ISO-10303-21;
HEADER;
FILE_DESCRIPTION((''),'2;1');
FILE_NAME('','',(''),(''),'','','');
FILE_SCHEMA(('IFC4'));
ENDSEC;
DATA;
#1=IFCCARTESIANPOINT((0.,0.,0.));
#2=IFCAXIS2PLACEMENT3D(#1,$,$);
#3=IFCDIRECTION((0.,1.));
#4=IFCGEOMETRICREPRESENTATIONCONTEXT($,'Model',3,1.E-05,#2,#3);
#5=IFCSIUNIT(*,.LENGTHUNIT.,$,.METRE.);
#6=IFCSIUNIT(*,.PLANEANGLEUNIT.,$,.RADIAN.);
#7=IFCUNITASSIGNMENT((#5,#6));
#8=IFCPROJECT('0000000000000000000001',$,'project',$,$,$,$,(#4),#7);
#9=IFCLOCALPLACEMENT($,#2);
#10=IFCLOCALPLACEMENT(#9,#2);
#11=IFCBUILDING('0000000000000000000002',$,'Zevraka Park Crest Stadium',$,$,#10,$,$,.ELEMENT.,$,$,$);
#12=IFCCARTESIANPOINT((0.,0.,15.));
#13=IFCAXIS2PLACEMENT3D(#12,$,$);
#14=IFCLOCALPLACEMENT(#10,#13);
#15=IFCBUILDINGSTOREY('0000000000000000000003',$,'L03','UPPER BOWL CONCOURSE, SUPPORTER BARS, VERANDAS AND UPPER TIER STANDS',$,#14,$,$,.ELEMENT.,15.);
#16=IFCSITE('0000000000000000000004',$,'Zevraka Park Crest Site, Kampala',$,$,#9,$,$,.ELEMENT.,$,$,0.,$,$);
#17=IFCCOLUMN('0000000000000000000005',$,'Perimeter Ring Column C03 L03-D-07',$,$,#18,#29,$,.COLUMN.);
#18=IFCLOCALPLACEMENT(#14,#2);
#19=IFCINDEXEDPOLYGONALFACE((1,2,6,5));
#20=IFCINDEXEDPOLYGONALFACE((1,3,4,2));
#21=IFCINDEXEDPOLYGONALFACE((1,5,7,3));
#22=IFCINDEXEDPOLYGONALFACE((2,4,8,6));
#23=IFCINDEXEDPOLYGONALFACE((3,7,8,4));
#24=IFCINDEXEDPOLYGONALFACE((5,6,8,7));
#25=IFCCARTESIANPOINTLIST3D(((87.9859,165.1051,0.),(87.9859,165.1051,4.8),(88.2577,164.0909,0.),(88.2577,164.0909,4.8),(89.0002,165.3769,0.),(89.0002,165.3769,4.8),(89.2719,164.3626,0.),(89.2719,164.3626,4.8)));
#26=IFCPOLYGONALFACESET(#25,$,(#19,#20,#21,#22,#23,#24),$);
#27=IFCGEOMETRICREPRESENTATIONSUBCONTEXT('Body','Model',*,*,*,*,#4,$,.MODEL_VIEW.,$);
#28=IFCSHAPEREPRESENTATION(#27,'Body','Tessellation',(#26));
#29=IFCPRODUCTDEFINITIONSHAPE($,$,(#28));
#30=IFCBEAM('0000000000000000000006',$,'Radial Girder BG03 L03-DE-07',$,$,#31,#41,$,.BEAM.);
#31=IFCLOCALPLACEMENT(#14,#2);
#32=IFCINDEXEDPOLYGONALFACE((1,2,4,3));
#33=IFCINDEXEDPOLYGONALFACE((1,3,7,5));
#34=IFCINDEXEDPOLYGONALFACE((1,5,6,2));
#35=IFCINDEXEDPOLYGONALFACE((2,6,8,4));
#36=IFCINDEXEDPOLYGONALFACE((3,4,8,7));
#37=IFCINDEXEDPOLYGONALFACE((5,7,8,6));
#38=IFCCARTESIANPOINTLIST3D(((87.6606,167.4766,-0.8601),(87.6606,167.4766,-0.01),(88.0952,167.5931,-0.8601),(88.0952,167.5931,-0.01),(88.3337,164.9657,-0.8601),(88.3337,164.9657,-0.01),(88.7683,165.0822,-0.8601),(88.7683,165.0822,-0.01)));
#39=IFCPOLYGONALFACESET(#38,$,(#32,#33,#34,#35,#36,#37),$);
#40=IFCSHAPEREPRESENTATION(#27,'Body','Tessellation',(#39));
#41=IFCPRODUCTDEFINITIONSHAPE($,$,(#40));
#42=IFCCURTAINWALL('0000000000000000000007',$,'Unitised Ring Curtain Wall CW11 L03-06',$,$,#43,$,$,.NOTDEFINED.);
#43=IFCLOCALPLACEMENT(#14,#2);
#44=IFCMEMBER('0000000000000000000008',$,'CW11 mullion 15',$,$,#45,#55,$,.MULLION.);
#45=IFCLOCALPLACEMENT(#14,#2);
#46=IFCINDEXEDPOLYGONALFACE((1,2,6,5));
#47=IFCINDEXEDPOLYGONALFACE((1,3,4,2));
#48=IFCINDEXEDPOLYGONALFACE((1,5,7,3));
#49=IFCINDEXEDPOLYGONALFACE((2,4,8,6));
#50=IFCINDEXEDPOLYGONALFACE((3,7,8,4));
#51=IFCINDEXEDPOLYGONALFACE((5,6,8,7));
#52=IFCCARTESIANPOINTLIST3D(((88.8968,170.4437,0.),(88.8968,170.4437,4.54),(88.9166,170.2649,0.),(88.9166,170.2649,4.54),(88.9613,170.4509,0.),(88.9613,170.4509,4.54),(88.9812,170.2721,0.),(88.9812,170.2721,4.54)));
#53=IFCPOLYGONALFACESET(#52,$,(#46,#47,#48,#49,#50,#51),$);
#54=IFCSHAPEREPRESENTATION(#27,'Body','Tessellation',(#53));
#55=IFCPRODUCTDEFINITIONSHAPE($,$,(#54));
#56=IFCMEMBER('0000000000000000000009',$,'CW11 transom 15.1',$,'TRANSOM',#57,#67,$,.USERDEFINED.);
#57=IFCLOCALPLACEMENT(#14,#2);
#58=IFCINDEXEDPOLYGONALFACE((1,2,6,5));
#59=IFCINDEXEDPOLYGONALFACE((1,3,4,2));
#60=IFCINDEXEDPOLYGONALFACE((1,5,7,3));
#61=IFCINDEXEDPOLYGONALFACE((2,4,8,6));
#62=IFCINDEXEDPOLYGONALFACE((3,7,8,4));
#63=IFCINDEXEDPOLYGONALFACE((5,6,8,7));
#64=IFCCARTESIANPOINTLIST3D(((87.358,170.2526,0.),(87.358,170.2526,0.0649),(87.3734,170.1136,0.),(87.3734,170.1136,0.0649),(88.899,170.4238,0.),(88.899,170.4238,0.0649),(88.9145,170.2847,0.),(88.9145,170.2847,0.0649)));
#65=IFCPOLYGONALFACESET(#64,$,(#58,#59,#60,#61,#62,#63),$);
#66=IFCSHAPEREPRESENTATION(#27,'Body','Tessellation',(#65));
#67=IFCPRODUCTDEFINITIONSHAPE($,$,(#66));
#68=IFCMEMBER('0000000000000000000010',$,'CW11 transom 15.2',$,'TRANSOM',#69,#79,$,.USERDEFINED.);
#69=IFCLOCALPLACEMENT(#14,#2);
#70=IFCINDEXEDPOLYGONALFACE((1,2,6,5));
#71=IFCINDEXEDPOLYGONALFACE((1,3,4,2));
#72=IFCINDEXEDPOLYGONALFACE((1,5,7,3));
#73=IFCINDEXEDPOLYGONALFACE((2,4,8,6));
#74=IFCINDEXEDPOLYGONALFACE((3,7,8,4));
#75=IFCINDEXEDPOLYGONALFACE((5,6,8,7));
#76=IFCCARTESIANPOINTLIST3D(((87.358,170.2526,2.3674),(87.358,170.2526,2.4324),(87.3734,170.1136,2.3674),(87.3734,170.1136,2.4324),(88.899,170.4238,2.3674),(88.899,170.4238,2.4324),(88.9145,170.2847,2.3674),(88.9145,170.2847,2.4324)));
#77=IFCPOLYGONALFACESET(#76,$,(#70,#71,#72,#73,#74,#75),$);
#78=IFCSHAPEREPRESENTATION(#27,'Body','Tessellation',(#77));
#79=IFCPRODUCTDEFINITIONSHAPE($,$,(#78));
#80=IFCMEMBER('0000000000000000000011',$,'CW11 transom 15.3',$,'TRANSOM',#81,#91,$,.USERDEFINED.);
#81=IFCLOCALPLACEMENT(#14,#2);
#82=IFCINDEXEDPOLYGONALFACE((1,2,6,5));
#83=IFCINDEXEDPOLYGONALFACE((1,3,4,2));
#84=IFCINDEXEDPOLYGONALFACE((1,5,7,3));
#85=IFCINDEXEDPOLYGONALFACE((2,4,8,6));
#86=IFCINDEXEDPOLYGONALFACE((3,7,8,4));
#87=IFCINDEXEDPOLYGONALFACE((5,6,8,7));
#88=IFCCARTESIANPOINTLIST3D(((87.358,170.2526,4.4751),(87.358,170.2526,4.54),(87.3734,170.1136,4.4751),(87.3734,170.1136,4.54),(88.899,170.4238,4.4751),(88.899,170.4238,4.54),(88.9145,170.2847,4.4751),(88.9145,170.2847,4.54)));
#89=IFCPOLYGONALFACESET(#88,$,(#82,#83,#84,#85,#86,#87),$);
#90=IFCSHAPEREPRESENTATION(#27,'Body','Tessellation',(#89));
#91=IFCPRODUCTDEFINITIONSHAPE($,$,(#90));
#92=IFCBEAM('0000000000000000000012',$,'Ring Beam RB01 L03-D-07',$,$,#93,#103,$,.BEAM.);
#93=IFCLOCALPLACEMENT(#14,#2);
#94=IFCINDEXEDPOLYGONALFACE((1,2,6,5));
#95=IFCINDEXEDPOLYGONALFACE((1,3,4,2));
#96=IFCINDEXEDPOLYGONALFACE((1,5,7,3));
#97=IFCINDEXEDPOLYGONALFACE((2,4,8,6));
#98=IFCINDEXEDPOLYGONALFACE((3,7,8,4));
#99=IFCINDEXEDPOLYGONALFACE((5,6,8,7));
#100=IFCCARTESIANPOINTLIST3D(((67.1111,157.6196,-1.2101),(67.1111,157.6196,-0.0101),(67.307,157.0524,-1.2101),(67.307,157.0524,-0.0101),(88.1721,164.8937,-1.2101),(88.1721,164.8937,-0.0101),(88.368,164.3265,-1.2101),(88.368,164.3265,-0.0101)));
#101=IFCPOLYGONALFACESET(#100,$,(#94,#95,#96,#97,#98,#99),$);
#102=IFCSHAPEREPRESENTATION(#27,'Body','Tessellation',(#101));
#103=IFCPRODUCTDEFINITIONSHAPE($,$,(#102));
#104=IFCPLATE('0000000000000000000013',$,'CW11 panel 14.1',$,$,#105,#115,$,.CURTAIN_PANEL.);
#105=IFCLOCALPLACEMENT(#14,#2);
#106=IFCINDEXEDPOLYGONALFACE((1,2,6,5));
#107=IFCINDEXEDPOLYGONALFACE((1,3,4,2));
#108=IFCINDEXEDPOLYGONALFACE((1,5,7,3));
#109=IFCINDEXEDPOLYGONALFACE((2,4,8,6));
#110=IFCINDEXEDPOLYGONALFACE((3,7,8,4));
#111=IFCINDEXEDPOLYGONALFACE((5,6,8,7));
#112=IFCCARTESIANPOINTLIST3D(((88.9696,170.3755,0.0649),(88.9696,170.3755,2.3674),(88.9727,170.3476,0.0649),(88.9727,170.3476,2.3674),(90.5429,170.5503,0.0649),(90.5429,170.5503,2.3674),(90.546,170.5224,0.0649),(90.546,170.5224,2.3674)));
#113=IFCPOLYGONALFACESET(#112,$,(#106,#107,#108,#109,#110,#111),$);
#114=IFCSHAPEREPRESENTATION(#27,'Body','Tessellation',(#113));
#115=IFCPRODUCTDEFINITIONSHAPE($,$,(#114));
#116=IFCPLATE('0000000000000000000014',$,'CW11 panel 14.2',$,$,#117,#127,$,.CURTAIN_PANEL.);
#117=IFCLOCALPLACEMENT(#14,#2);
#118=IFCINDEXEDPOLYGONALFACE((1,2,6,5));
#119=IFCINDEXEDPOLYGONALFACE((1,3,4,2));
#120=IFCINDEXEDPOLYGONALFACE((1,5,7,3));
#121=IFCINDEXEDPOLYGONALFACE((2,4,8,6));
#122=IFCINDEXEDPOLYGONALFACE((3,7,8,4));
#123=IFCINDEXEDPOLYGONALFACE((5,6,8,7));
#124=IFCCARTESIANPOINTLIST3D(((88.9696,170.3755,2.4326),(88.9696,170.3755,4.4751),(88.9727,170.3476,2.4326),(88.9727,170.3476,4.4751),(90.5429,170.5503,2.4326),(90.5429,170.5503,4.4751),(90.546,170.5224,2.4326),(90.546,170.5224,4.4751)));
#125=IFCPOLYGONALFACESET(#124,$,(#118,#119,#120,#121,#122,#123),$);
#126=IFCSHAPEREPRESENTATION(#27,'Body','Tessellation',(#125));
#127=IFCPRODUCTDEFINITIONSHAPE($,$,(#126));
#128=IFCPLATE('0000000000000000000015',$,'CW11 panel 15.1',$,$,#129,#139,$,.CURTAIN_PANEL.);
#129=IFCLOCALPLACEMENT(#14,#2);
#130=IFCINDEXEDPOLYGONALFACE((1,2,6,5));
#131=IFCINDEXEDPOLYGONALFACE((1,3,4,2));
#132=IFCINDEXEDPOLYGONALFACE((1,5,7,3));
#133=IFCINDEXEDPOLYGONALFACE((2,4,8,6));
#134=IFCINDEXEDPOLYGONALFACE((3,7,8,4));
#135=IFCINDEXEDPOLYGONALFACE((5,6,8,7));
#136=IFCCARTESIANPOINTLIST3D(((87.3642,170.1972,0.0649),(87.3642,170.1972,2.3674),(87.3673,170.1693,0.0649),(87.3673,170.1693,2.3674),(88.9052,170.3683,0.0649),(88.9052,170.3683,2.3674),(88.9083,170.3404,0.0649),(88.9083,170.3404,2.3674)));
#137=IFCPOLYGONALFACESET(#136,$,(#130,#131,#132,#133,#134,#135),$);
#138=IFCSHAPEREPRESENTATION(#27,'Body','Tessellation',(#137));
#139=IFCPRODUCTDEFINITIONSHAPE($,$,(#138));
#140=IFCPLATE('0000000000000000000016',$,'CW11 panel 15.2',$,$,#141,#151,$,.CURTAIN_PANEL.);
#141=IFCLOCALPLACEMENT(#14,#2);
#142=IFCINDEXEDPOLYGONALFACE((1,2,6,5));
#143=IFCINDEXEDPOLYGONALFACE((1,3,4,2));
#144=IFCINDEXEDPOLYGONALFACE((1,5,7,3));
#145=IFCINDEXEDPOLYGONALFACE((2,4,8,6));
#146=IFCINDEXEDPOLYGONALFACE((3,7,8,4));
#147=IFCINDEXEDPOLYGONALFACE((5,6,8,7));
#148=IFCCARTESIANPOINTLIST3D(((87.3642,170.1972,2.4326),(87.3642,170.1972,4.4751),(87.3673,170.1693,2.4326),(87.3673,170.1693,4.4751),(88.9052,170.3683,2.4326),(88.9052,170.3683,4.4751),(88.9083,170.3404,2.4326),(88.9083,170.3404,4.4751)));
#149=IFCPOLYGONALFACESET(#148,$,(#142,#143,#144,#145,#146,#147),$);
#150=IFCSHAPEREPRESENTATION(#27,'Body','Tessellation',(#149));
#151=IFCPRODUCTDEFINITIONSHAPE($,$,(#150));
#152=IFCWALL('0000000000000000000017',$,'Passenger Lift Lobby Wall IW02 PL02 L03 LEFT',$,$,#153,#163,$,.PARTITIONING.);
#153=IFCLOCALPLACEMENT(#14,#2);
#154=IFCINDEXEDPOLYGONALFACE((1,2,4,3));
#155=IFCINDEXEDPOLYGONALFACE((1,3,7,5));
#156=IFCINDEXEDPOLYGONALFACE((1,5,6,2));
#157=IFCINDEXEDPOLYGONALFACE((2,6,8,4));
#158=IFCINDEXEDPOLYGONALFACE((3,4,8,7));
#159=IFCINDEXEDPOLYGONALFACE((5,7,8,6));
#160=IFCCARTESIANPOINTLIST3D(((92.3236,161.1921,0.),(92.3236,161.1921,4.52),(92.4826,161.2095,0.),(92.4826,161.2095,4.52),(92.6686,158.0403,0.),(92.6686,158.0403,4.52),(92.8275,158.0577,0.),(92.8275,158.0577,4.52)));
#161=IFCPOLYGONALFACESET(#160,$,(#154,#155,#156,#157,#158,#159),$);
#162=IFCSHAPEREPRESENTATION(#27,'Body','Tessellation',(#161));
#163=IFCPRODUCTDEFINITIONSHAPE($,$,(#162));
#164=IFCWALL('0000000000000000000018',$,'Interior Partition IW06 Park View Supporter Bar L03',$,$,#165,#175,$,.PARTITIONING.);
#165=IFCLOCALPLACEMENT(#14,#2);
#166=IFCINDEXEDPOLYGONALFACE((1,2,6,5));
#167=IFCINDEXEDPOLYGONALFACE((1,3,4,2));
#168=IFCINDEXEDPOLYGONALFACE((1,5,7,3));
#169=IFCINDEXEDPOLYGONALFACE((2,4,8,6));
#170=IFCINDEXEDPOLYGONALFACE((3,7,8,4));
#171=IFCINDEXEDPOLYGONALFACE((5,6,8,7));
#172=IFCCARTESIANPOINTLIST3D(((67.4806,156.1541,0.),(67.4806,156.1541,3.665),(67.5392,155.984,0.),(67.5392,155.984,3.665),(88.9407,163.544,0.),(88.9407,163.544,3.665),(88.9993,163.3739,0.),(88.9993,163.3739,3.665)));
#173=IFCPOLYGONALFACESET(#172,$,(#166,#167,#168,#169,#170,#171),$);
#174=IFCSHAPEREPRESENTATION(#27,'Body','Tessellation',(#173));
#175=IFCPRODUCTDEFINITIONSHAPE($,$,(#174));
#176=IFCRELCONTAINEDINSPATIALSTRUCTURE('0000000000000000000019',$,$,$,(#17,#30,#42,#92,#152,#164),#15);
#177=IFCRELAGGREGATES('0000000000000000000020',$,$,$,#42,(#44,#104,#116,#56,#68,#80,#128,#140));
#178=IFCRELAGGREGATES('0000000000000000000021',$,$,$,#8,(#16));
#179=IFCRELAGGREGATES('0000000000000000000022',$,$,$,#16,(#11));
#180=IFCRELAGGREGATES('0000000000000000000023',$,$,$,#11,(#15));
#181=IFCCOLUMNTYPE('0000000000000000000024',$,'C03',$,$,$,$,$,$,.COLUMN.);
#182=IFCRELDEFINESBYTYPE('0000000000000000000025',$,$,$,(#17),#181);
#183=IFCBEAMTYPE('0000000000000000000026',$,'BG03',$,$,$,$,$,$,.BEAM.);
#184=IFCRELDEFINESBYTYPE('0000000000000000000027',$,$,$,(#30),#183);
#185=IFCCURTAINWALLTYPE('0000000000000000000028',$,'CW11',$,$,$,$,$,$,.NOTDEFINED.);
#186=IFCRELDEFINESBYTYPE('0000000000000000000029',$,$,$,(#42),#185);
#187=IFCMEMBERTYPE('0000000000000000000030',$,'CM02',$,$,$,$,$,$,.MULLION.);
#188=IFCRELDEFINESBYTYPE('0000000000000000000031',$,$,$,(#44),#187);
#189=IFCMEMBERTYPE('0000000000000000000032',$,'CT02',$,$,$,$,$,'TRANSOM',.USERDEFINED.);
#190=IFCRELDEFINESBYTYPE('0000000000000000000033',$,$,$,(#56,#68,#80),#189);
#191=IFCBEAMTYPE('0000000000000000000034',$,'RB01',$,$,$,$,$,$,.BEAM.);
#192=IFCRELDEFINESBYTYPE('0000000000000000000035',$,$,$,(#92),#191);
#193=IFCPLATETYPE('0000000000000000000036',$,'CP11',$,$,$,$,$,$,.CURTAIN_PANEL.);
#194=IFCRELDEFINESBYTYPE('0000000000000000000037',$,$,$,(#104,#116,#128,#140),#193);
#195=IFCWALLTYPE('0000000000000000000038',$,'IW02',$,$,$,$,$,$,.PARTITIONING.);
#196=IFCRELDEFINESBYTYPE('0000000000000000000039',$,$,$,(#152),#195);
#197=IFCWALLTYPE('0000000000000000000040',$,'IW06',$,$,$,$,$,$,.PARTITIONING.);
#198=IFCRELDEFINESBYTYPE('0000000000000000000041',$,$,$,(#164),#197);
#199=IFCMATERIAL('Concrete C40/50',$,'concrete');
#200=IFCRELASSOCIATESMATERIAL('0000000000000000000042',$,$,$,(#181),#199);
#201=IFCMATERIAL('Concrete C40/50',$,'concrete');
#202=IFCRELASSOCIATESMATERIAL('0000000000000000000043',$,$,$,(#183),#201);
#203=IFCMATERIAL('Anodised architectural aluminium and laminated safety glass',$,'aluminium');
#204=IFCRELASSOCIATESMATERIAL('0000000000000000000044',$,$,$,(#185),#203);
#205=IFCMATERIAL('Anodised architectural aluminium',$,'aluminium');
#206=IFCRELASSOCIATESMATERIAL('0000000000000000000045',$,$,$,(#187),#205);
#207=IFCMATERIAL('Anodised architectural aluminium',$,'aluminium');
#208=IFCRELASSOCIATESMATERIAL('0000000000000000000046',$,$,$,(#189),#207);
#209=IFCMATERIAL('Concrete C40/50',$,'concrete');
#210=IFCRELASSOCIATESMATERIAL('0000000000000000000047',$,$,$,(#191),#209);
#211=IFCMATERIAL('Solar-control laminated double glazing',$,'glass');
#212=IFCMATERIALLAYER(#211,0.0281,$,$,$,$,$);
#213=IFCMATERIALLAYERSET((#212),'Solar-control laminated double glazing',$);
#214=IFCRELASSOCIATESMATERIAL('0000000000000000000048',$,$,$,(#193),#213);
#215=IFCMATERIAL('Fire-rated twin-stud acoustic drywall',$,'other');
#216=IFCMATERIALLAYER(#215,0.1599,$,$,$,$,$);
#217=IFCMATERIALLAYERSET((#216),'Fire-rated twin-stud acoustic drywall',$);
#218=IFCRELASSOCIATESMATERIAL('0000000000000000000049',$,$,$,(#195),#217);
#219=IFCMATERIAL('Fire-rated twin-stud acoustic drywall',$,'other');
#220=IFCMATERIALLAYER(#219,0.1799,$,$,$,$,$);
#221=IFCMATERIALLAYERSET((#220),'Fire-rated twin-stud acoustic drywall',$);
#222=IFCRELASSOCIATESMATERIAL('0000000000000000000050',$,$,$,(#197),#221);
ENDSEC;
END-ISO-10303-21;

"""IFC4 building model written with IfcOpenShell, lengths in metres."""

from ifc_helpers import new_model, si_unit, direction, frame, frame_2d, origin, origin_2d, place, context, subcontext, project, spatial, rectangle, extrude, material, layer, layer_set, material_profile, profile_set, type_object, element, aggregate, save


model = new_model("IFC4")

# Units and contexts
model_context = context("Model", 3, precision=1e-05, world=origin(), true_north=direction((0.0, 1.0)))
body_context = subcontext(model_context, "Body", "Model", "MODEL_VIEW")
ifc_project = project(units=[si_unit("LENGTHUNIT", "METRE"), si_unit("PLANEANGLEUNIT", "RADIAN")], contexts=[model_context])

# Site, building, storey
site_placement = place(None, origin())
site = spatial("IfcSite", under=ifc_project, at=site_placement, Name="Zevraka Park Crest Site, Kampala", CompositionType="ELEMENT", RefElevation=0.0)
building_placement = place(site_placement, origin())
building = spatial("IfcBuilding", under=site, at=building_placement, Name="Zevraka Park Crest Stadium", CompositionType="ELEMENT")
storey_placement = place(building_placement, frame((0.0, 0.0, 15.0)))
storey = spatial("IfcBuildingStorey", under=building, at=storey_placement, Name="L03", Description="UPPER BOWL CONCOURSE, SUPPORTER BARS, VERANDAS AND UPPER TIER STANDS", CompositionType="ELEMENT", Elevation=15.0)

# Column
ifc_material_1 = material(Name="Concrete C40/50", Category="concrete")
ifc_material_profile_1 = material_profile(ifc_material_1, rectangle(XDim=1.05, YDim=1.05, at=origin_2d()), Name="RC 1050x1050")
ifc_profile_set_1 = profile_set([ifc_material_profile_1], Name="Concrete C40/50")
column_type = type_object("IfcColumnType", Name="C03", PredefinedType="COLUMN", material=ifc_profile_set_1)
column_placement = place(storey_placement, frame((88.6289, 164.7339, 0.0), z_axis=(0.0, 0.0, 1.0), x_axis=(-0.258819, 0.965926, 0.0)))
element("IfcColumn", 1, at=column_placement, inside=storey, type_object=column_type, Name="Perimeter Ring Column C03 L03-D-07", PredefinedType="COLUMN", context=body_context, shape_type="SweptSolid", body=[
    extrude(rectangle(XDim=1.05, YDim=1.05, at=origin_2d()), origin(), (0.0, 0.0, 1.0), 4.8),
])

# Beam
ifc_material_2 = material(Name="Concrete C40/50", Category="concrete")
ifc_material_profile_2 = material_profile(ifc_material_2, rectangle(XDim=0.45, YDim=0.8501, at=origin_2d()), Name="RC 850x450")
ifc_profile_set_2 = profile_set([ifc_material_profile_2], Name="Concrete C40/50")
beam_type_1 = type_object("IfcBeamType", Name="BG03", PredefinedType="BEAM", material=ifc_profile_set_2)
beam_1_placement = place(storey_placement, frame((88.551, 165.0239, -0.4351), z_axis=(-0.258919, 0.965899, 0.0), x_axis=(-0.965899, -0.258919, 0.0)))
element("IfcBeam", 2, at=beam_1_placement, inside=storey, type_object=beam_type_1, Name="Radial Girder BG03 L03-DE-07", PredefinedType="BEAM", context=body_context, shape_type="SweptSolid", body=[
    extrude(rectangle(XDim=0.45, YDim=0.8501, at=origin_2d()), origin(), (0.0, 0.0, 1.0), 2.5996),
])

# Curtain wall, members
ifc_material_3 = material(Name="Anodised architectural aluminium and laminated safety glass", Category="aluminium")
curtain_wall_type = type_object("IfcCurtainWallType", Name="CW11", PredefinedType="NOTDEFINED", material=ifc_material_3)
curtain_wall_placement = place(storey_placement, origin())
curtain_wall = element("IfcCurtainWall", 3, at=curtain_wall_placement, inside=storey, type_object=curtain_wall_type, Name="Unitised Ring Curtain Wall CW11 L03-06", PredefinedType="NOTDEFINED")
ifc_material_4 = material(Name="Anodised architectural aluminium", Category="aluminium")
ifc_material_profile_3 = material_profile(ifc_material_4, rectangle(XDim=0.1799, YDim=0.0649, at=origin_2d()), Name="ALU MULLION 180x65")
ifc_profile_set_3 = profile_set([ifc_material_profile_3], Name="Anodised architectural aluminium")
member_type_1 = type_object("IfcMemberType", Name="CM02", PredefinedType="MULLION", material=ifc_profile_set_3)
member_1_placement = place(storey_placement, frame((88.939, 170.3579, 0.0), z_axis=(0.0, 0.0, 1.0), x_axis=(0.110396, -0.993888, 0.0)))
member_1 = element("IfcMember", 4, at=member_1_placement, type_object=member_type_1, Name="CW11 mullion 15", PredefinedType="MULLION", context=body_context, shape_type="SweptSolid", body=[
    extrude(rectangle(XDim=0.1799, YDim=0.0649, at=origin_2d()), origin(), (0.0, 0.0, 1.0), 4.54),
])
ifc_material_5 = material(Name="Anodised architectural aluminium", Category="aluminium")
ifc_material_profile_4 = material_profile(ifc_material_5, rectangle(XDim=0.1399, YDim=0.0649, at=origin_2d()), Name="ALU TRANSOM 140x65")
ifc_profile_set_4 = profile_set([ifc_material_profile_4], Name="Anodised architectural aluminium")
member_type_2 = type_object("IfcMemberType", Name="CT02", ElementType="TRANSOM", PredefinedType="USERDEFINED", material=ifc_profile_set_4)
member_2_placement = place(storey_placement, frame((88.9067, 170.3542, 0.0325), z_axis=(-0.993889, -0.11038, 0.0), x_axis=(0.11038, -0.993889, 0.0)))
member_2 = element("IfcMember", 5, at=member_2_placement, type_object=member_type_2, Name="CW11 transom 15.1", ObjectType="TRANSOM", PredefinedType="USERDEFINED", context=body_context, shape_type="SweptSolid", body=[
    extrude(rectangle(XDim=0.1399, YDim=0.0649, at=origin_2d()), origin(), (0.0, 0.0, 1.0), 1.5505),
])
member_3_placement = place(storey_placement, frame((88.9067, 170.3542, 2.3999), z_axis=(-0.993889, -0.11038, 0.0), x_axis=(0.11038, -0.993889, 0.0)))
member_3 = element("IfcMember", 6, at=member_3_placement, type_object=member_type_2, Name="CW11 transom 15.2", ObjectType="TRANSOM", PredefinedType="USERDEFINED", context=body_context, shape_type="SweptSolid", body=[
    extrude(rectangle(XDim=0.1399, YDim=0.0649, at=origin_2d()), origin(), (0.0, 0.0, 1.0), 1.5505),
])
member_4_placement = place(storey_placement, frame((88.9067, 170.3542, 4.5076), z_axis=(-0.993889, -0.11038, 0.0), x_axis=(0.11038, -0.993889, 0.0)))
member_4 = element("IfcMember", 7, at=member_4_placement, type_object=member_type_2, Name="CW11 transom 15.3", ObjectType="TRANSOM", PredefinedType="USERDEFINED", context=body_context, shape_type="SweptSolid", body=[
    extrude(rectangle(XDim=0.1399, YDim=0.0649, at=origin_2d()), origin(), (0.0, 0.0, 1.0), 1.5505),
])

# Beam
ifc_material_6 = material(Name="Concrete C40/50", Category="concrete")
ifc_material_profile_5 = material_profile(ifc_material_6, rectangle(XDim=0.6001, YDim=1.2, at=origin_2d()), Name="RC 1200x600")
ifc_profile_set_5 = profile_set([ifc_material_profile_5], Name="Concrete C40/50")
beam_type_2 = type_object("IfcBeamType", Name="RB01", PredefinedType="BEAM", material=ifc_profile_set_5)
beam_2_placement = place(storey_placement, frame((88.27, 164.6101, -0.6101), z_axis=(-0.94521, -0.326462, 0.0), x_axis=(0.326462, -0.94521, 0.0)))
element("IfcBeam", 8, at=beam_2_placement, inside=storey, type_object=beam_type_2, Name="Ring Beam RB01 L03-D-07", PredefinedType="BEAM", context=body_context, shape_type="SweptSolid", body=[
    extrude(rectangle(XDim=0.6001, YDim=1.2, at=origin_2d()), origin(), (0.0, 0.0, 1.0), 22.2817),
])

# Plates
ifc_material_7 = material(Name="Solar-control laminated double glazing", Category="glass")
ifc_layer_1 = layer(ifc_material_7, 0.0281)
ifc_layer_set_1 = layer_set([ifc_layer_1], Name="Solar-control laminated double glazing")
plate_type = type_object("IfcPlateType", Name="CP11", PredefinedType="CURTAIN_PANEL", material=ifc_layer_set_1)
plate_1_placement = place(storey_placement, frame((89.7578, 170.449, 0.0649), z_axis=(0.0, 0.0, 1.0), x_axis=(-0.993888, -0.110396, 0.0)))
plate_1 = element("IfcPlate", 9, at=plate_1_placement, type_object=plate_type, Name="CW11 panel 14.1", PredefinedType="CURTAIN_PANEL", context=body_context, shape_type="SweptSolid", body=[
    extrude(rectangle(XDim=1.583, YDim=0.0281, at=origin_2d()), origin(), (0.0, 0.0, 1.0), 2.3025),
])
plate_2_placement = place(storey_placement, frame((89.7578, 170.449, 2.4326), z_axis=(0.0, 0.0, 1.0), x_axis=(-0.993888, -0.110396, 0.0)))
plate_2 = element("IfcPlate", 10, at=plate_2_placement, type_object=plate_type, Name="CW11 panel 14.2", PredefinedType="CURTAIN_PANEL", context=body_context, shape_type="SweptSolid", body=[
    extrude(rectangle(XDim=1.583, YDim=0.0281, at=origin_2d()), origin(), (0.0, 0.0, 1.0), 2.0425),
])
plate_3_placement = place(storey_placement, frame((88.1362, 170.2688, 0.0649), z_axis=(0.0, 0.0, 1.0), x_axis=(-0.993888, -0.110396, 0.0)))
plate_3 = element("IfcPlate", 11, at=plate_3_placement, type_object=plate_type, Name="CW11 panel 15.1", PredefinedType="CURTAIN_PANEL", context=body_context, shape_type="SweptSolid", body=[
    extrude(rectangle(XDim=1.5505, YDim=0.0281, at=origin_2d()), origin(), (0.0, 0.0, 1.0), 2.3025),
])
plate_4_placement = place(storey_placement, frame((88.1362, 170.2688, 2.4326), z_axis=(0.0, 0.0, 1.0), x_axis=(-0.993888, -0.110396, 0.0)))
plate_4 = element("IfcPlate", 12, at=plate_4_placement, type_object=plate_type, Name="CW11 panel 15.2", PredefinedType="CURTAIN_PANEL", context=body_context, shape_type="SweptSolid", body=[
    extrude(rectangle(XDim=1.5505, YDim=0.0281, at=origin_2d()), origin(), (0.0, 0.0, 1.0), 2.0425),
])
aggregate(curtain_wall, [member_1, plate_1, plate_2, member_2, member_3, member_4, plate_3, plate_4])

# Walls
ifc_material_8 = material(Name="Fire-rated twin-stud acoustic drywall", Category="other")
ifc_layer_2 = layer(ifc_material_8, 0.1599)
ifc_layer_set_2 = layer_set([ifc_layer_2], Name="Fire-rated twin-stud acoustic drywall")
wall_type_1 = type_object("IfcWallType", Name="IW02", PredefinedType="PARTITIONING", material=ifc_layer_set_2)
wall_1_placement = place(storey_placement, frame((92.4031, 161.2009, 0.0), z_axis=(0.0, 0.0, 1.0), x_axis=(0.1088, -0.994064, 0.0)))
element("IfcWall", 13, at=wall_1_placement, inside=storey, type_object=wall_type_1, Name="Passenger Lift Lobby Wall IW02 PL02 L03 LEFT", PredefinedType="PARTITIONING", context=body_context, shape_type="SweptSolid", body=[
    extrude(rectangle(XDim=3.1707, YDim=0.1599, at=frame_2d((1.5854, 0.0))), origin(), (0.0, 0.0, 1.0), 4.52),
])
ifc_material_9 = material(Name="Fire-rated twin-stud acoustic drywall", Category="other")
ifc_layer_3 = layer(ifc_material_9, 0.1799)
ifc_layer_set_3 = layer_set([ifc_layer_3], Name="Fire-rated twin-stud acoustic drywall")
wall_type_2 = type_object("IfcWallType", Name="IW06", PredefinedType="PARTITIONING", material=ifc_layer_set_3)
wall_2_placement = place(storey_placement, frame((88.97, 163.459, 0.0), z_axis=(0.0, 0.0, 1.0), x_axis=(-0.94551, -0.325593, 0.0)))
element("IfcWall", 14, at=wall_2_placement, inside=storey, type_object=wall_type_2, Name="Interior Partition IW06 Park View Supporter Bar L03", PredefinedType="PARTITIONING", context=body_context, shape_type="SweptSolid", body=[
    extrude(rectangle(XDim=22.6968, YDim=0.1799, at=frame_2d((11.3484, 0.0))), origin(), (0.0, 0.0, 1.0), 3.665),
])

save(model, "model.ifc")
